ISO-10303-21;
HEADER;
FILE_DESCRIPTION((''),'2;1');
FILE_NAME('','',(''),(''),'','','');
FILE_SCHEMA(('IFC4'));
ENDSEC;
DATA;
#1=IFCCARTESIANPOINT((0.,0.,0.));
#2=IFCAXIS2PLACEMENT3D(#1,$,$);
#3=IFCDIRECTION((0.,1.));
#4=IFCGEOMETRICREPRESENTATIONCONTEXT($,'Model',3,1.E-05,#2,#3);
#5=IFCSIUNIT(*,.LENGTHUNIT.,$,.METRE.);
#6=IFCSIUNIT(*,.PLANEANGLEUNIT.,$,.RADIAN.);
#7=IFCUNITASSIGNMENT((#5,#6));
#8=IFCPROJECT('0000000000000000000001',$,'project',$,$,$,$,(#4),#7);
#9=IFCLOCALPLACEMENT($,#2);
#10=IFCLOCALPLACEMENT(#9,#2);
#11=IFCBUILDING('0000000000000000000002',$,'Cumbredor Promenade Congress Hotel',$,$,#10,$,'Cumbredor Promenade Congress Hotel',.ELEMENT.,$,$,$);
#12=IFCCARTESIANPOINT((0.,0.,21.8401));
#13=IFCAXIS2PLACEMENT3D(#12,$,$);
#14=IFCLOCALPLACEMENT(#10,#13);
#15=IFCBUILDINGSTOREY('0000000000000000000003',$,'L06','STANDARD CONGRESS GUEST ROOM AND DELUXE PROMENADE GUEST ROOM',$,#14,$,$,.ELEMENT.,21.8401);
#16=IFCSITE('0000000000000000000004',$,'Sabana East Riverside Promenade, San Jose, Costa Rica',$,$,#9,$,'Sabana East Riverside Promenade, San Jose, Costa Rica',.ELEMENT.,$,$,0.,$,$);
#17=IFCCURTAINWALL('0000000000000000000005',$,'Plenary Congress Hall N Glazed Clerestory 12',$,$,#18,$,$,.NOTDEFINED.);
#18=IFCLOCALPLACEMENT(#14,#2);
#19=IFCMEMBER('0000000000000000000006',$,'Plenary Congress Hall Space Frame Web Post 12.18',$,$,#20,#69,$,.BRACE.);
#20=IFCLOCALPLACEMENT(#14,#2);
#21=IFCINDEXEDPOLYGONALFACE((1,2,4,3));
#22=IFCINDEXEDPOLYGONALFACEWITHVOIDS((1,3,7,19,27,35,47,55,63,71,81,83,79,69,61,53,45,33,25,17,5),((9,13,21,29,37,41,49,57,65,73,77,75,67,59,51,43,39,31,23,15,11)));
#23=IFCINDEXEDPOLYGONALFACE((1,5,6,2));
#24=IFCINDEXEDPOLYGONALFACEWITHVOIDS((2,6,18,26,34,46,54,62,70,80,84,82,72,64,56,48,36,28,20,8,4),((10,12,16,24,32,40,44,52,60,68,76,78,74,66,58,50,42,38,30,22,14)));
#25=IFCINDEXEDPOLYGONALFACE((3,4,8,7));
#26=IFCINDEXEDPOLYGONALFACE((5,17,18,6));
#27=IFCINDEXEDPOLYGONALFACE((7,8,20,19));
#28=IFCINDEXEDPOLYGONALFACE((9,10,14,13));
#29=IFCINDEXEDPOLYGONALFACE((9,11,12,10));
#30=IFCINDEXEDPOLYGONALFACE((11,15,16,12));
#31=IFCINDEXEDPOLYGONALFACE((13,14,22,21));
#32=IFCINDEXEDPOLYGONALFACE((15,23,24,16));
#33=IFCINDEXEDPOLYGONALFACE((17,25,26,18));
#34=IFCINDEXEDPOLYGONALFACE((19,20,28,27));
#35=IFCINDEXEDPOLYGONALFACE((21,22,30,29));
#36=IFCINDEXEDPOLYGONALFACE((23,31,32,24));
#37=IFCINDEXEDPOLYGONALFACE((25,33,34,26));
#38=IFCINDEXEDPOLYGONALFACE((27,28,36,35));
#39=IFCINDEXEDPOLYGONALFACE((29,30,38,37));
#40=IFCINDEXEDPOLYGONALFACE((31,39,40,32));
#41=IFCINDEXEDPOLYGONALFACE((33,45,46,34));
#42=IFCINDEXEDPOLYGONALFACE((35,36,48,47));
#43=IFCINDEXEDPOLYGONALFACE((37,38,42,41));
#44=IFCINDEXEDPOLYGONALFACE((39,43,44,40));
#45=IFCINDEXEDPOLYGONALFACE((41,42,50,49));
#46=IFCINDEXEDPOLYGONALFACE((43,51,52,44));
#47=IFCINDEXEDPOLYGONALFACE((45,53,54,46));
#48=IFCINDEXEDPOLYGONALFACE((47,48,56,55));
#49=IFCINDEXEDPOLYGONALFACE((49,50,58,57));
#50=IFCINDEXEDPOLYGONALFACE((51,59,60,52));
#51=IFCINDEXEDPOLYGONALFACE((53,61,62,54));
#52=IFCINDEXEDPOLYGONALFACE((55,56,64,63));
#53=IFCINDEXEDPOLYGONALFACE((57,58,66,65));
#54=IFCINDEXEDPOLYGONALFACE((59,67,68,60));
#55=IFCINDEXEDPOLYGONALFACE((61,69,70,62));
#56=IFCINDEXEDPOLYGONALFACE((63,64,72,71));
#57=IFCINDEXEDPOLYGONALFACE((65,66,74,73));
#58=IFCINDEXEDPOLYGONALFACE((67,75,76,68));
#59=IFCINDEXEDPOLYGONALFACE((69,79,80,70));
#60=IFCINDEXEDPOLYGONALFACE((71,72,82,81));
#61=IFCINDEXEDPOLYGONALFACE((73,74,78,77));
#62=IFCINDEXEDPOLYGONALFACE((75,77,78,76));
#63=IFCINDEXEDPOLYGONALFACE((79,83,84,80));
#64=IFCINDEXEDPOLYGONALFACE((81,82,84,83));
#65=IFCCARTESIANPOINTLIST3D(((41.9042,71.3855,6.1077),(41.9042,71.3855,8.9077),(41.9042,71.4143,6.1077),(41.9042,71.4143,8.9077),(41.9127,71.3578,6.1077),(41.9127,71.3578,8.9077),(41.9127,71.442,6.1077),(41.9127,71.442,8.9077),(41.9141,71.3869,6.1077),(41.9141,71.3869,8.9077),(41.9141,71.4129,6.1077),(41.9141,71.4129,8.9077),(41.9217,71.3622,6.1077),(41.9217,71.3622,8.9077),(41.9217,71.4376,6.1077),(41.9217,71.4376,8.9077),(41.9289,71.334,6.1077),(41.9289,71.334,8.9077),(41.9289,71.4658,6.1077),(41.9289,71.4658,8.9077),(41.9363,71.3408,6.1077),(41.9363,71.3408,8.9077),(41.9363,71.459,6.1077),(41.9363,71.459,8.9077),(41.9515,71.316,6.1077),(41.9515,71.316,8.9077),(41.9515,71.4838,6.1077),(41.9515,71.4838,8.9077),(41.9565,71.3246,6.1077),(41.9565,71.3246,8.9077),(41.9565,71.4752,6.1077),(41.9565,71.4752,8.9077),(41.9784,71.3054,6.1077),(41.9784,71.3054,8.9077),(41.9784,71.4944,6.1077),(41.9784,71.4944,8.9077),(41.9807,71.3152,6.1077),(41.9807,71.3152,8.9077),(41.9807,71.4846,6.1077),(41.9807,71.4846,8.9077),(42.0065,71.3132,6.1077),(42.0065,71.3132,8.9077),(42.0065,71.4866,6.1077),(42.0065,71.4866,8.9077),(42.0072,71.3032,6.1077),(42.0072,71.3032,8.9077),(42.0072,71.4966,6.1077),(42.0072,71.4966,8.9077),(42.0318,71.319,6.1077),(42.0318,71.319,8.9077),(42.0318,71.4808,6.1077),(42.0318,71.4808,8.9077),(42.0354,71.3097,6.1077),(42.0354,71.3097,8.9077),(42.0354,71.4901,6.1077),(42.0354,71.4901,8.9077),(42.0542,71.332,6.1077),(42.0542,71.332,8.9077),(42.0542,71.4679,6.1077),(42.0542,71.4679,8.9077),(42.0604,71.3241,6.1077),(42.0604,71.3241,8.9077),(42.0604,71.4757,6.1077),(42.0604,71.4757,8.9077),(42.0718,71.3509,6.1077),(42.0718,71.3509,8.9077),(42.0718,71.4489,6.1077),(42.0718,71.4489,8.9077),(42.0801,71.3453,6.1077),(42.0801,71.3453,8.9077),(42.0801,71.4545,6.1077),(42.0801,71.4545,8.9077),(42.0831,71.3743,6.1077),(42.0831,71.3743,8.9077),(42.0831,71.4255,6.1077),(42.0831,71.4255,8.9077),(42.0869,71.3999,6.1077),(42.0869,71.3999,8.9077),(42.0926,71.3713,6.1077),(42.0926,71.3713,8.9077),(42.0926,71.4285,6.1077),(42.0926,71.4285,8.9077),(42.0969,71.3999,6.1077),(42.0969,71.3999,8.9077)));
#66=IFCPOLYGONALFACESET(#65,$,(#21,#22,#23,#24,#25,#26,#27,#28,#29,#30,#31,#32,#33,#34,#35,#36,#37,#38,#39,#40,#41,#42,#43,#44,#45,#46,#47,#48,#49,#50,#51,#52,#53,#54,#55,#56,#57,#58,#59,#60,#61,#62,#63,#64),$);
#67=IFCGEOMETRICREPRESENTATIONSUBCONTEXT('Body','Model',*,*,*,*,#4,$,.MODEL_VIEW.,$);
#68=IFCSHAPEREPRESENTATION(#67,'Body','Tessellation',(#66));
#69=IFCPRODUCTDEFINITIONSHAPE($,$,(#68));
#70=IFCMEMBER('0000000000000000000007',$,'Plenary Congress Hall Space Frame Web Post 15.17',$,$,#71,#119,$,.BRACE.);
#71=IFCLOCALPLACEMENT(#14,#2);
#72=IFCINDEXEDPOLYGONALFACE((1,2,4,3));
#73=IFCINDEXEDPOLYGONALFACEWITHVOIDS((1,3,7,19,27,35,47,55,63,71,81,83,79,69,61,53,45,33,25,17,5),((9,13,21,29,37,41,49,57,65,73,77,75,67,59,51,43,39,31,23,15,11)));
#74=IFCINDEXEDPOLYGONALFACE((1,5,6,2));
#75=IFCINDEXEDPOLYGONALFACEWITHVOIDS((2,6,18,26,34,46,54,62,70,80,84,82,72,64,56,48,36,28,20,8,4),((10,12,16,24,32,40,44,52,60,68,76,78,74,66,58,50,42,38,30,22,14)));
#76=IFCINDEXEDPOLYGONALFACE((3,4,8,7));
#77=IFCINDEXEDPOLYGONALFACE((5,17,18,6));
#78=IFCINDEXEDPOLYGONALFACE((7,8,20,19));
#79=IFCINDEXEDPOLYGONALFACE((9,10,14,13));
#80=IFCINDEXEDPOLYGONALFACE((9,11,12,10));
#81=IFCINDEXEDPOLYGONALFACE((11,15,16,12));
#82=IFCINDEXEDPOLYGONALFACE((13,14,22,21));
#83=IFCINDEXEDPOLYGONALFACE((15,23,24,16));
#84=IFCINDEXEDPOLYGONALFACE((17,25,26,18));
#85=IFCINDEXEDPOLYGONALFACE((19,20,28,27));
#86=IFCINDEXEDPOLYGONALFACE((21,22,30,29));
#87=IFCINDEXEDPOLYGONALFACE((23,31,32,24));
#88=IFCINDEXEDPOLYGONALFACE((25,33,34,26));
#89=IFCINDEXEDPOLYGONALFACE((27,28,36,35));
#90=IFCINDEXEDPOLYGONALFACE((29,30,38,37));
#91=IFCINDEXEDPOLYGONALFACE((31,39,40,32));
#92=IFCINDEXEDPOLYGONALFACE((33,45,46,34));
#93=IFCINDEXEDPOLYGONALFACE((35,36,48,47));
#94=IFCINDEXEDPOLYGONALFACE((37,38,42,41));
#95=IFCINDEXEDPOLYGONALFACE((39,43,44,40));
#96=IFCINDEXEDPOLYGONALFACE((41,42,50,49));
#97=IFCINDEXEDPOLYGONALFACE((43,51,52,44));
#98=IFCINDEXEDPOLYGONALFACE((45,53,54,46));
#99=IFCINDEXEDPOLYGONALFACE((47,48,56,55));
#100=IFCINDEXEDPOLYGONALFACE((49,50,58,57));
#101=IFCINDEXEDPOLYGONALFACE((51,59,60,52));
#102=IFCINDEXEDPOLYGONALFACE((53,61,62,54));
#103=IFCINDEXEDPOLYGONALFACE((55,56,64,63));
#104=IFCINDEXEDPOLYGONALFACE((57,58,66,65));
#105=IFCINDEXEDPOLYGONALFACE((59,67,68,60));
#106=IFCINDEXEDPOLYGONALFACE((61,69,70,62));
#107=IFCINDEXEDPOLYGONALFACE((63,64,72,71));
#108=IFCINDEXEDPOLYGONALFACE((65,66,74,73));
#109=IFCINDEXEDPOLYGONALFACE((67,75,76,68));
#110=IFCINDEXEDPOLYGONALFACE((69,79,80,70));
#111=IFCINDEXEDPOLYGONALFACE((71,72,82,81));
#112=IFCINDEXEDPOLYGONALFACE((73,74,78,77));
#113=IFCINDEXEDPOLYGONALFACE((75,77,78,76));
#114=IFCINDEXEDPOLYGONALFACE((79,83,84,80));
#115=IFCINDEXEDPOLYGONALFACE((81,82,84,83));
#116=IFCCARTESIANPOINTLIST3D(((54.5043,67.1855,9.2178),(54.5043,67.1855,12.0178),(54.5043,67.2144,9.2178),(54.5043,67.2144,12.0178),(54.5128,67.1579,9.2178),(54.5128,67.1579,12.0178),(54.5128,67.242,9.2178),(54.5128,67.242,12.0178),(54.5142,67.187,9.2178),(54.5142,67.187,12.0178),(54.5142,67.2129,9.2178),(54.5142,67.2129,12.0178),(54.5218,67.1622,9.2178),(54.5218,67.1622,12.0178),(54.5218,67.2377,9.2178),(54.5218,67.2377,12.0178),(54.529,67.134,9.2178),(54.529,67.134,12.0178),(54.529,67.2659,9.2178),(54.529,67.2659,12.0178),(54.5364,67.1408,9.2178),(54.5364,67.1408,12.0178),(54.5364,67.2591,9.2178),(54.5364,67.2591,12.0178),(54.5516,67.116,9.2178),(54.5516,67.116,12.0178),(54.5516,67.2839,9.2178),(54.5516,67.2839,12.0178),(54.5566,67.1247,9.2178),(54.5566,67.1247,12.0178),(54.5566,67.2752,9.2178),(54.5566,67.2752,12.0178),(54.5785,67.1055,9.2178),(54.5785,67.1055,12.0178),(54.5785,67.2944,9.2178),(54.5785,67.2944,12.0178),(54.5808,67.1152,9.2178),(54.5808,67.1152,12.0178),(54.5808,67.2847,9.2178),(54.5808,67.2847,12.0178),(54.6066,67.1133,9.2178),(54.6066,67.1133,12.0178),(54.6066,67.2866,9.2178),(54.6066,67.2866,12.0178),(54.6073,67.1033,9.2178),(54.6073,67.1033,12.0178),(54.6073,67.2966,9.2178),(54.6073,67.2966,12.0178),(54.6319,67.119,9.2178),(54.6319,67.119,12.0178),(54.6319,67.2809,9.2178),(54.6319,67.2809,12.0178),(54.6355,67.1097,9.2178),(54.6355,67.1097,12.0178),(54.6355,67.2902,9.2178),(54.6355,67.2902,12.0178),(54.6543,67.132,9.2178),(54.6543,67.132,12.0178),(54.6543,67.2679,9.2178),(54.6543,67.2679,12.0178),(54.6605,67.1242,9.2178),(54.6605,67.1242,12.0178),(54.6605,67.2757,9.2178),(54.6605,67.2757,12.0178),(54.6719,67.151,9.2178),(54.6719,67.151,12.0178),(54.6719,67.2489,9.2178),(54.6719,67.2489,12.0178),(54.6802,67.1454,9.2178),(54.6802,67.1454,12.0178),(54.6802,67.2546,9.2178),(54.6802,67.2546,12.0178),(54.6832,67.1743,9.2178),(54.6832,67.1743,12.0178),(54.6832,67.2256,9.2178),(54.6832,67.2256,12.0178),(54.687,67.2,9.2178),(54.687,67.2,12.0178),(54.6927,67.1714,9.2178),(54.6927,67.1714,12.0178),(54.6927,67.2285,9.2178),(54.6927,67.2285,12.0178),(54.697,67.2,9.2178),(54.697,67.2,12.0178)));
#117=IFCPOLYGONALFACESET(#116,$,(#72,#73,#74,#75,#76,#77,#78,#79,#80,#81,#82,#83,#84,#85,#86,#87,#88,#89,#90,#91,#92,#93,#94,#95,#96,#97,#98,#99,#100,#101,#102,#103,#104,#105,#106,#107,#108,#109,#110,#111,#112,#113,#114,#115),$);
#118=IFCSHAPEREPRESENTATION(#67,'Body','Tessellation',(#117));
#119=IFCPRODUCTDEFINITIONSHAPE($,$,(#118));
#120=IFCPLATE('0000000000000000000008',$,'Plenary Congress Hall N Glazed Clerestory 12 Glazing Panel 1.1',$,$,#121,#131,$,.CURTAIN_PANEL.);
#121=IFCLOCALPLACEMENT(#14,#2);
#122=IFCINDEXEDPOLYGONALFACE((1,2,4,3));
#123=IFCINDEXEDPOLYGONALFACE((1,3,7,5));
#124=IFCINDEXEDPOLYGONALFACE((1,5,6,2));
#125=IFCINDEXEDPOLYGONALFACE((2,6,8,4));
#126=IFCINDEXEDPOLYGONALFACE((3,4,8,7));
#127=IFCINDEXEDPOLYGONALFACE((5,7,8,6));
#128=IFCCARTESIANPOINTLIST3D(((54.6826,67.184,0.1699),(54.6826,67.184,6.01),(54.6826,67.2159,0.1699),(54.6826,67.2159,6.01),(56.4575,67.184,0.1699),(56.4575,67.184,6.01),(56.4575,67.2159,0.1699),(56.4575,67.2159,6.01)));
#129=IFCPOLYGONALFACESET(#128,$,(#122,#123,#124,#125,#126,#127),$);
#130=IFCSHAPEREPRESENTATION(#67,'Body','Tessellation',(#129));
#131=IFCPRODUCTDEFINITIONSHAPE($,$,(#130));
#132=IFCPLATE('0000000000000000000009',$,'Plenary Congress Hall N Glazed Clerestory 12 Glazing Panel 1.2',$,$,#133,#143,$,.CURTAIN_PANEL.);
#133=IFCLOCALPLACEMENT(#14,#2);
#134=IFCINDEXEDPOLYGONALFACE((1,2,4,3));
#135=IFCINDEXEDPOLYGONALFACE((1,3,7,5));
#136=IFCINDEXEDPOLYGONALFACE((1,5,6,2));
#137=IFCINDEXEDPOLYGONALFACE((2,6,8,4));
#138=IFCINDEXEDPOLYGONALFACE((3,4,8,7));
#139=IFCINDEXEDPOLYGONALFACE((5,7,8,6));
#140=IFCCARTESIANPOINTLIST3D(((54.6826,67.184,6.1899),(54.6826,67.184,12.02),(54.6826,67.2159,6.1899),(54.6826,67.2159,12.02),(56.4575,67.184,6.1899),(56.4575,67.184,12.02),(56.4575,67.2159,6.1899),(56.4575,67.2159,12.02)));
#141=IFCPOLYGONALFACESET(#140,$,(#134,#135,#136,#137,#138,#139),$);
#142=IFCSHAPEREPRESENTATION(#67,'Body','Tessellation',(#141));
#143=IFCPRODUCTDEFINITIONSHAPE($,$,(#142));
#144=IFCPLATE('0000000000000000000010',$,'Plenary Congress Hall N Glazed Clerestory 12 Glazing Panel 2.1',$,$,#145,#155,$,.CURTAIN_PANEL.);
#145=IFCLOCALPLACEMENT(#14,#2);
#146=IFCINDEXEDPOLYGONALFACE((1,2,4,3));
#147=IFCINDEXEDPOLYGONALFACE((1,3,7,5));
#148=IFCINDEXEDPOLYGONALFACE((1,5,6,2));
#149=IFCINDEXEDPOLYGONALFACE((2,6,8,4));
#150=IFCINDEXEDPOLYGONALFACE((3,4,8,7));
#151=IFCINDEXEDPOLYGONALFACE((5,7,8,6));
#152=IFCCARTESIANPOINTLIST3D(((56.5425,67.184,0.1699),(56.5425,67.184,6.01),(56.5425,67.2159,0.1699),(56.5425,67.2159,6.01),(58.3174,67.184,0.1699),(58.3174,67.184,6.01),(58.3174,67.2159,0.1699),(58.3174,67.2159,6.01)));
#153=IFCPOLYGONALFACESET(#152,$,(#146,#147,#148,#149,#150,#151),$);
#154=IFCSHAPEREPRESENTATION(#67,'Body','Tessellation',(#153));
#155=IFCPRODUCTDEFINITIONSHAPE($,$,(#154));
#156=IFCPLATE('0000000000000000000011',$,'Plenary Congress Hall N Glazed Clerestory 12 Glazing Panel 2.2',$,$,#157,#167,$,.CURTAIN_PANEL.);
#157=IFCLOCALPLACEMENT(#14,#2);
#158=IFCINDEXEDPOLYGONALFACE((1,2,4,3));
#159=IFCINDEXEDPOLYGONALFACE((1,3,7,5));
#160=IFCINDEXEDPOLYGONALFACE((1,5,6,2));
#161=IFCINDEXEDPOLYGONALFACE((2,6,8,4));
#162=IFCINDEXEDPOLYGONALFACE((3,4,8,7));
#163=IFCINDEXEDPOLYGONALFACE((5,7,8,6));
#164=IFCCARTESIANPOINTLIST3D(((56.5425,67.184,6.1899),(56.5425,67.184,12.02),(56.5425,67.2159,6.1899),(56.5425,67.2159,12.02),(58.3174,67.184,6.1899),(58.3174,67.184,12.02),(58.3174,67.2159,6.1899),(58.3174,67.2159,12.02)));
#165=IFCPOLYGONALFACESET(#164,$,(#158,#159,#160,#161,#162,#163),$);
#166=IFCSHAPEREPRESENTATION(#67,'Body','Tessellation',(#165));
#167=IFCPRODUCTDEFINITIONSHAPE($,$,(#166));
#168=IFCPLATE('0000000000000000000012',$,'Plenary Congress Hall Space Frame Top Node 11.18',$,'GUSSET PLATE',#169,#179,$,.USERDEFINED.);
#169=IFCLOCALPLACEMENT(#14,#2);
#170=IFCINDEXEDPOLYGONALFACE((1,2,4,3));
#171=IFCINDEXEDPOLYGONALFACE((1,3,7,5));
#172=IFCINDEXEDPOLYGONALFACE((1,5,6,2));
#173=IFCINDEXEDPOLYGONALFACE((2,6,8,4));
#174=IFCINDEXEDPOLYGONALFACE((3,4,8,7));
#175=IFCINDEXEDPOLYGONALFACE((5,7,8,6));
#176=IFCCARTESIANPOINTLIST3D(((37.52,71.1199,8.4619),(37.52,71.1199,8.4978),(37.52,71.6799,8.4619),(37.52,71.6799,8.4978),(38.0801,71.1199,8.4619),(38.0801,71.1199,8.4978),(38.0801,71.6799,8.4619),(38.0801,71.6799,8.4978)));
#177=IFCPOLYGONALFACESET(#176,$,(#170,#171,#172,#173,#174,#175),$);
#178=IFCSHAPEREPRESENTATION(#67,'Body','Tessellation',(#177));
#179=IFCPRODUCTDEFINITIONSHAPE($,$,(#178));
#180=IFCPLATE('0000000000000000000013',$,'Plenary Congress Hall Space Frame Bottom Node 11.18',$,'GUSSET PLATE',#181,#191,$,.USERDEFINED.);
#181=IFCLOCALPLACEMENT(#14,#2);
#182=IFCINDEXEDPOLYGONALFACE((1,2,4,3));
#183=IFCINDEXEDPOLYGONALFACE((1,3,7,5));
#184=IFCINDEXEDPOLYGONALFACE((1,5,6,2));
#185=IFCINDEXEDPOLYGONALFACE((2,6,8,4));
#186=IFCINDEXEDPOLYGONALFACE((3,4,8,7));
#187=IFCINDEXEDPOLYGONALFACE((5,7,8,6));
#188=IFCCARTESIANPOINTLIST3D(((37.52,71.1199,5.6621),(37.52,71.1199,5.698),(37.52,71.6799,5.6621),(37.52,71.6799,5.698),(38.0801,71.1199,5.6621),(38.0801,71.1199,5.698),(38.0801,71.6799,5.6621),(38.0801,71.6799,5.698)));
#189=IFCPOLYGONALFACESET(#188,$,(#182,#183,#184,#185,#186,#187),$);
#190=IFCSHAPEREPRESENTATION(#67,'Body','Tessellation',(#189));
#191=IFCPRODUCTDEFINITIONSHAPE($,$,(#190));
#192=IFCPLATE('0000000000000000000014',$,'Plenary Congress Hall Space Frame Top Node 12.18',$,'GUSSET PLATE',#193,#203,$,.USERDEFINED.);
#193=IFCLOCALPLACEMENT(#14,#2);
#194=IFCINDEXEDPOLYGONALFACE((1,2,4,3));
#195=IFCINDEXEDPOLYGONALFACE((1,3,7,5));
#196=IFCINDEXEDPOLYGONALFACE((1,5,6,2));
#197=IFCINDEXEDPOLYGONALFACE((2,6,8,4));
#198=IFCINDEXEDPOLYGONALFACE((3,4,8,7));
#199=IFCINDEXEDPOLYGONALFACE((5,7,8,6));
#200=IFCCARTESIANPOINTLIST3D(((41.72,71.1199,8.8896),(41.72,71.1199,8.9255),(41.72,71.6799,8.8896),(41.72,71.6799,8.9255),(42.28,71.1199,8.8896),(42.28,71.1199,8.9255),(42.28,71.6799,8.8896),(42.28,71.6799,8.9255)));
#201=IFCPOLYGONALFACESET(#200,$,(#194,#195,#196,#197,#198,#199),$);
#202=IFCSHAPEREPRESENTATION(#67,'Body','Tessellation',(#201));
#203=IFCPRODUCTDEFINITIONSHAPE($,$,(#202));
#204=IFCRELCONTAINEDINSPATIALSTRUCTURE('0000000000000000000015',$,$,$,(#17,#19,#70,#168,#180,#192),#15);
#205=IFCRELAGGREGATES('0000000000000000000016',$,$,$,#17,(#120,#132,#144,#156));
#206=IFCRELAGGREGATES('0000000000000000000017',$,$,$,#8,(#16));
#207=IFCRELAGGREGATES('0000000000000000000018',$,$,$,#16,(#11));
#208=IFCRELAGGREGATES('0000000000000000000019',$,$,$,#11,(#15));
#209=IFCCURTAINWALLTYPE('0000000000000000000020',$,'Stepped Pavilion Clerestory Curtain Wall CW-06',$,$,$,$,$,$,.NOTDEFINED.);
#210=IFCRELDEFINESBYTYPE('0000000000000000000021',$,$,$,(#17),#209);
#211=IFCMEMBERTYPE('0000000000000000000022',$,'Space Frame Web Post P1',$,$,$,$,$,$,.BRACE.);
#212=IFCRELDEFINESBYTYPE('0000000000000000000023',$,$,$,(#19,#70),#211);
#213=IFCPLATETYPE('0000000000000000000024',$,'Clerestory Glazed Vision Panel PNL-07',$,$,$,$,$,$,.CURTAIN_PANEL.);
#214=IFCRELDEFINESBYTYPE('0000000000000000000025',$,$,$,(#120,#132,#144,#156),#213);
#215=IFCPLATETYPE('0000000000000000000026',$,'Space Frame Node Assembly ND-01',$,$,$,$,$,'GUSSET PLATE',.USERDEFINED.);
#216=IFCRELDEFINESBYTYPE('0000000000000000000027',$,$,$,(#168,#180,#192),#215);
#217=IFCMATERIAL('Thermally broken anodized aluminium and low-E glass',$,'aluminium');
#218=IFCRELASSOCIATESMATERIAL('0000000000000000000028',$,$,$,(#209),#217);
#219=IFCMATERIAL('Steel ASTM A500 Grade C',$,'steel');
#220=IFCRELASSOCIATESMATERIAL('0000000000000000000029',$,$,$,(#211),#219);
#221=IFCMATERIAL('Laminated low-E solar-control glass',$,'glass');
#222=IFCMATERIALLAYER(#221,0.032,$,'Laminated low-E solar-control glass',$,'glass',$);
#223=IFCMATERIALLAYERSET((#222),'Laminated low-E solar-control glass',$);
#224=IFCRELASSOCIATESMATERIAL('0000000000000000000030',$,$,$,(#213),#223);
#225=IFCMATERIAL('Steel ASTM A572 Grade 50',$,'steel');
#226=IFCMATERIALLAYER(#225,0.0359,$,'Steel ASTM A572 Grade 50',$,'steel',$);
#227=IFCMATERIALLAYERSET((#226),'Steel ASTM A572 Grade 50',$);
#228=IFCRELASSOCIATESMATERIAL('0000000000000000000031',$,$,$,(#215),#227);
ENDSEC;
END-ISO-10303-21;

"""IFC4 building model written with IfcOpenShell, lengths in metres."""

from ifc_helpers import new_model, si_unit, direction, frame, origin, origin_2d, place, context, subcontext, project, spatial, rectangle, hollow_circle, extrude, material, layer, layer_set, material_profile, profile_set, type_object, element, aggregate, save


model = new_model("IFC4")

# Units and contexts
model_context = context("Model", 3, precision=1e-05, world=origin(), true_north=direction((0.0, 1.0)))
body_context = subcontext(model_context, "Body", "Model", "MODEL_VIEW")
ifc_project = project(units=[si_unit("LENGTHUNIT", "METRE"), si_unit("PLANEANGLEUNIT", "RADIAN")], contexts=[model_context])

# Site, building, storey
site_placement = place(None, origin())
site = spatial("IfcSite", under=ifc_project, at=site_placement, Name="Sabana East Riverside Promenade, San Jose, Costa Rica", LongName="Sabana East Riverside Promenade, San Jose, Costa Rica", CompositionType="ELEMENT", RefElevation=0.0)
building_placement = place(site_placement, origin())
building = spatial("IfcBuilding", under=site, at=building_placement, Name="Cumbredor Promenade Congress Hotel", LongName="Cumbredor Promenade Congress Hotel", CompositionType="ELEMENT")
storey_placement = place(building_placement, frame((0.0, 0.0, 21.8401)))
storey = spatial("IfcBuildingStorey", under=building, at=storey_placement, Name="L06", Description="STANDARD CONGRESS GUEST ROOM AND DELUXE PROMENADE GUEST ROOM", CompositionType="ELEMENT", Elevation=21.8401)

# Curtain wall
ifc_material_1 = material(Name="Thermally broken anodized aluminium and low-E glass", Category="aluminium")
curtain_wall_type = type_object("IfcCurtainWallType", Name="Stepped Pavilion Clerestory Curtain Wall CW-06", PredefinedType="NOTDEFINED", material=ifc_material_1)
curtain_wall_placement = place(storey_placement, origin())
curtain_wall = element("IfcCurtainWall", 1, at=curtain_wall_placement, inside=storey, type_object=curtain_wall_type, Name="Plenary Congress Hall N Glazed Clerestory 12", PredefinedType="NOTDEFINED")

# Members
ifc_material_2 = material(Name="Steel ASTM A500 Grade C", Category="steel")
ifc_material_profile_1 = material_profile(ifc_material_2, hollow_circle(Radius=0.0969, WallThickness=0.01, at=origin_2d()), Name="CHS 193.7x10")
ifc_profile_set_1 = profile_set([ifc_material_profile_1], Name="Steel ASTM A500 Grade C")
member_type_1 = type_object("IfcMemberType", Name="Space Frame Web Post P1", PredefinedType="BRACE", material=ifc_profile_set_1)
for number, where, z_axis, x_axis, name in (
    (2, (42.0, 71.3999, 6.1077), (0.0, 0.0, 1.0), (1.0, 0.0, 0.0), "Plenary Congress Hall Space Frame Web Post 12.18"),
    (3, (54.6001, 67.2, 9.2178), (0.0, 0.0, 1.0), (1.0, 0.0, 0.0), "Plenary Congress Hall Space Frame Web Post 15.17"),
):
    element("IfcMember", number, at=place(storey_placement, frame(where, z_axis=z_axis, x_axis=x_axis)), inside=storey, type_object=member_type_1, Name=name, PredefinedType="BRACE", context=body_context, shape_type="SweptSolid", body=[
        extrude(hollow_circle(Radius=0.0969, WallThickness=0.01, at=origin_2d()), origin(), (0.0, 0.0, 1.0), 2.8),
    ])

# Plates
ifc_material_3 = material(Name="Laminated low-E solar-control glass", Category="glass")
ifc_layer_1 = layer(ifc_material_3, 0.032, Name="Laminated low-E solar-control glass", Category="glass")
ifc_layer_set_1 = layer_set([ifc_layer_1], Name="Laminated low-E solar-control glass")
plate_type_1 = type_object("IfcPlateType", Name="Clerestory Glazed Vision Panel PNL-07", PredefinedType="CURTAIN_PANEL", material=ifc_layer_set_1)
plate_1_placement = place(storey_placement, frame((55.5701, 67.2, 0.1699), z_axis=(0.0, 0.0, 1.0), x_axis=(1.0, 0.0, 0.0)))
plate_1 = element("IfcPlate", 4, at=plate_1_placement, type_object=plate_type_1, Name="Plenary Congress Hall N Glazed Clerestory 12 Glazing Panel 1.1", PredefinedType="CURTAIN_PANEL", context=body_context, shape_type="SweptSolid", body=[
    extrude(rectangle(XDim=1.7749, YDim=0.032, at=origin_2d()), origin(), (0.0, 0.0, 1.0), 5.8401),
])
plate_2_placement = place(storey_placement, frame((55.5701, 67.2, 6.1899), z_axis=(0.0, 0.0, 1.0), x_axis=(1.0, 0.0, 0.0)))
plate_2 = element("IfcPlate", 5, at=plate_2_placement, type_object=plate_type_1, Name="Plenary Congress Hall N Glazed Clerestory 12 Glazing Panel 1.2", PredefinedType="CURTAIN_PANEL", context=body_context, shape_type="SweptSolid", body=[
    extrude(rectangle(XDim=1.7749, YDim=0.032, at=origin_2d()), origin(), (0.0, 0.0, 1.0), 5.8301),
])
plate_3_placement = place(storey_placement, frame((57.4299, 67.2, 0.1699), z_axis=(0.0, 0.0, 1.0), x_axis=(1.0, 0.0, 0.0)))
plate_3 = element("IfcPlate", 6, at=plate_3_placement, type_object=plate_type_1, Name="Plenary Congress Hall N Glazed Clerestory 12 Glazing Panel 2.1", PredefinedType="CURTAIN_PANEL", context=body_context, shape_type="SweptSolid", body=[
    extrude(rectangle(XDim=1.7749, YDim=0.032, at=origin_2d()), origin(), (0.0, 0.0, 1.0), 5.8401),
])
plate_4_placement = place(storey_placement, frame((57.4299, 67.2, 6.1899), z_axis=(0.0, 0.0, 1.0), x_axis=(1.0, 0.0, 0.0)))
plate_4 = element("IfcPlate", 7, at=plate_4_placement, type_object=plate_type_1, Name="Plenary Congress Hall N Glazed Clerestory 12 Glazing Panel 2.2", PredefinedType="CURTAIN_PANEL", context=body_context, shape_type="SweptSolid", body=[
    extrude(rectangle(XDim=1.7749, YDim=0.032, at=origin_2d()), origin(), (0.0, 0.0, 1.0), 5.8301),
])
aggregate(curtain_wall, [plate_1, plate_2, plate_3, plate_4])

# Plates
ifc_material_4 = material(Name="Steel ASTM A572 Grade 50", Category="steel")
ifc_layer_2 = layer(ifc_material_4, 0.0359, Name="Steel ASTM A572 Grade 50", Category="steel")
ifc_layer_set_2 = layer_set([ifc_layer_2], Name="Steel ASTM A572 Grade 50")
plate_type_2 = type_object("IfcPlateType", Name="Space Frame Node Assembly ND-01", ElementType="GUSSET PLATE", PredefinedType="USERDEFINED", material=ifc_layer_set_2)
for number, where, z_axis, x_axis, name in (
    (8, (37.8, 71.3999, 8.4619), (0.0, 0.0, 1.0), (1.0, 0.0, 0.0), "Plenary Congress Hall Space Frame Top Node 11.18"),
    (9, (37.8, 71.3999, 5.6621), (0.0, 0.0, 1.0), (1.0, 0.0, 0.0), "Plenary Congress Hall Space Frame Bottom Node 11.18"),
    (10, (42.0, 71.3999, 8.8896), (0.0, 0.0, 1.0), (1.0, 0.0, 0.0), "Plenary Congress Hall Space Frame Top Node 12.18"),
):
    element("IfcPlate", number, at=place(storey_placement, frame(where, z_axis=z_axis, x_axis=x_axis)), inside=storey, type_object=plate_type_2, Name=name, ObjectType="GUSSET PLATE", PredefinedType="USERDEFINED", context=body_context, shape_type="SweptSolid", body=[
        extrude(rectangle(XDim=0.5601, YDim=0.5601, at=origin_2d()), origin(), (0.0, 0.0, 1.0), 0.0359),
    ])

save(model, "model.ifc")
